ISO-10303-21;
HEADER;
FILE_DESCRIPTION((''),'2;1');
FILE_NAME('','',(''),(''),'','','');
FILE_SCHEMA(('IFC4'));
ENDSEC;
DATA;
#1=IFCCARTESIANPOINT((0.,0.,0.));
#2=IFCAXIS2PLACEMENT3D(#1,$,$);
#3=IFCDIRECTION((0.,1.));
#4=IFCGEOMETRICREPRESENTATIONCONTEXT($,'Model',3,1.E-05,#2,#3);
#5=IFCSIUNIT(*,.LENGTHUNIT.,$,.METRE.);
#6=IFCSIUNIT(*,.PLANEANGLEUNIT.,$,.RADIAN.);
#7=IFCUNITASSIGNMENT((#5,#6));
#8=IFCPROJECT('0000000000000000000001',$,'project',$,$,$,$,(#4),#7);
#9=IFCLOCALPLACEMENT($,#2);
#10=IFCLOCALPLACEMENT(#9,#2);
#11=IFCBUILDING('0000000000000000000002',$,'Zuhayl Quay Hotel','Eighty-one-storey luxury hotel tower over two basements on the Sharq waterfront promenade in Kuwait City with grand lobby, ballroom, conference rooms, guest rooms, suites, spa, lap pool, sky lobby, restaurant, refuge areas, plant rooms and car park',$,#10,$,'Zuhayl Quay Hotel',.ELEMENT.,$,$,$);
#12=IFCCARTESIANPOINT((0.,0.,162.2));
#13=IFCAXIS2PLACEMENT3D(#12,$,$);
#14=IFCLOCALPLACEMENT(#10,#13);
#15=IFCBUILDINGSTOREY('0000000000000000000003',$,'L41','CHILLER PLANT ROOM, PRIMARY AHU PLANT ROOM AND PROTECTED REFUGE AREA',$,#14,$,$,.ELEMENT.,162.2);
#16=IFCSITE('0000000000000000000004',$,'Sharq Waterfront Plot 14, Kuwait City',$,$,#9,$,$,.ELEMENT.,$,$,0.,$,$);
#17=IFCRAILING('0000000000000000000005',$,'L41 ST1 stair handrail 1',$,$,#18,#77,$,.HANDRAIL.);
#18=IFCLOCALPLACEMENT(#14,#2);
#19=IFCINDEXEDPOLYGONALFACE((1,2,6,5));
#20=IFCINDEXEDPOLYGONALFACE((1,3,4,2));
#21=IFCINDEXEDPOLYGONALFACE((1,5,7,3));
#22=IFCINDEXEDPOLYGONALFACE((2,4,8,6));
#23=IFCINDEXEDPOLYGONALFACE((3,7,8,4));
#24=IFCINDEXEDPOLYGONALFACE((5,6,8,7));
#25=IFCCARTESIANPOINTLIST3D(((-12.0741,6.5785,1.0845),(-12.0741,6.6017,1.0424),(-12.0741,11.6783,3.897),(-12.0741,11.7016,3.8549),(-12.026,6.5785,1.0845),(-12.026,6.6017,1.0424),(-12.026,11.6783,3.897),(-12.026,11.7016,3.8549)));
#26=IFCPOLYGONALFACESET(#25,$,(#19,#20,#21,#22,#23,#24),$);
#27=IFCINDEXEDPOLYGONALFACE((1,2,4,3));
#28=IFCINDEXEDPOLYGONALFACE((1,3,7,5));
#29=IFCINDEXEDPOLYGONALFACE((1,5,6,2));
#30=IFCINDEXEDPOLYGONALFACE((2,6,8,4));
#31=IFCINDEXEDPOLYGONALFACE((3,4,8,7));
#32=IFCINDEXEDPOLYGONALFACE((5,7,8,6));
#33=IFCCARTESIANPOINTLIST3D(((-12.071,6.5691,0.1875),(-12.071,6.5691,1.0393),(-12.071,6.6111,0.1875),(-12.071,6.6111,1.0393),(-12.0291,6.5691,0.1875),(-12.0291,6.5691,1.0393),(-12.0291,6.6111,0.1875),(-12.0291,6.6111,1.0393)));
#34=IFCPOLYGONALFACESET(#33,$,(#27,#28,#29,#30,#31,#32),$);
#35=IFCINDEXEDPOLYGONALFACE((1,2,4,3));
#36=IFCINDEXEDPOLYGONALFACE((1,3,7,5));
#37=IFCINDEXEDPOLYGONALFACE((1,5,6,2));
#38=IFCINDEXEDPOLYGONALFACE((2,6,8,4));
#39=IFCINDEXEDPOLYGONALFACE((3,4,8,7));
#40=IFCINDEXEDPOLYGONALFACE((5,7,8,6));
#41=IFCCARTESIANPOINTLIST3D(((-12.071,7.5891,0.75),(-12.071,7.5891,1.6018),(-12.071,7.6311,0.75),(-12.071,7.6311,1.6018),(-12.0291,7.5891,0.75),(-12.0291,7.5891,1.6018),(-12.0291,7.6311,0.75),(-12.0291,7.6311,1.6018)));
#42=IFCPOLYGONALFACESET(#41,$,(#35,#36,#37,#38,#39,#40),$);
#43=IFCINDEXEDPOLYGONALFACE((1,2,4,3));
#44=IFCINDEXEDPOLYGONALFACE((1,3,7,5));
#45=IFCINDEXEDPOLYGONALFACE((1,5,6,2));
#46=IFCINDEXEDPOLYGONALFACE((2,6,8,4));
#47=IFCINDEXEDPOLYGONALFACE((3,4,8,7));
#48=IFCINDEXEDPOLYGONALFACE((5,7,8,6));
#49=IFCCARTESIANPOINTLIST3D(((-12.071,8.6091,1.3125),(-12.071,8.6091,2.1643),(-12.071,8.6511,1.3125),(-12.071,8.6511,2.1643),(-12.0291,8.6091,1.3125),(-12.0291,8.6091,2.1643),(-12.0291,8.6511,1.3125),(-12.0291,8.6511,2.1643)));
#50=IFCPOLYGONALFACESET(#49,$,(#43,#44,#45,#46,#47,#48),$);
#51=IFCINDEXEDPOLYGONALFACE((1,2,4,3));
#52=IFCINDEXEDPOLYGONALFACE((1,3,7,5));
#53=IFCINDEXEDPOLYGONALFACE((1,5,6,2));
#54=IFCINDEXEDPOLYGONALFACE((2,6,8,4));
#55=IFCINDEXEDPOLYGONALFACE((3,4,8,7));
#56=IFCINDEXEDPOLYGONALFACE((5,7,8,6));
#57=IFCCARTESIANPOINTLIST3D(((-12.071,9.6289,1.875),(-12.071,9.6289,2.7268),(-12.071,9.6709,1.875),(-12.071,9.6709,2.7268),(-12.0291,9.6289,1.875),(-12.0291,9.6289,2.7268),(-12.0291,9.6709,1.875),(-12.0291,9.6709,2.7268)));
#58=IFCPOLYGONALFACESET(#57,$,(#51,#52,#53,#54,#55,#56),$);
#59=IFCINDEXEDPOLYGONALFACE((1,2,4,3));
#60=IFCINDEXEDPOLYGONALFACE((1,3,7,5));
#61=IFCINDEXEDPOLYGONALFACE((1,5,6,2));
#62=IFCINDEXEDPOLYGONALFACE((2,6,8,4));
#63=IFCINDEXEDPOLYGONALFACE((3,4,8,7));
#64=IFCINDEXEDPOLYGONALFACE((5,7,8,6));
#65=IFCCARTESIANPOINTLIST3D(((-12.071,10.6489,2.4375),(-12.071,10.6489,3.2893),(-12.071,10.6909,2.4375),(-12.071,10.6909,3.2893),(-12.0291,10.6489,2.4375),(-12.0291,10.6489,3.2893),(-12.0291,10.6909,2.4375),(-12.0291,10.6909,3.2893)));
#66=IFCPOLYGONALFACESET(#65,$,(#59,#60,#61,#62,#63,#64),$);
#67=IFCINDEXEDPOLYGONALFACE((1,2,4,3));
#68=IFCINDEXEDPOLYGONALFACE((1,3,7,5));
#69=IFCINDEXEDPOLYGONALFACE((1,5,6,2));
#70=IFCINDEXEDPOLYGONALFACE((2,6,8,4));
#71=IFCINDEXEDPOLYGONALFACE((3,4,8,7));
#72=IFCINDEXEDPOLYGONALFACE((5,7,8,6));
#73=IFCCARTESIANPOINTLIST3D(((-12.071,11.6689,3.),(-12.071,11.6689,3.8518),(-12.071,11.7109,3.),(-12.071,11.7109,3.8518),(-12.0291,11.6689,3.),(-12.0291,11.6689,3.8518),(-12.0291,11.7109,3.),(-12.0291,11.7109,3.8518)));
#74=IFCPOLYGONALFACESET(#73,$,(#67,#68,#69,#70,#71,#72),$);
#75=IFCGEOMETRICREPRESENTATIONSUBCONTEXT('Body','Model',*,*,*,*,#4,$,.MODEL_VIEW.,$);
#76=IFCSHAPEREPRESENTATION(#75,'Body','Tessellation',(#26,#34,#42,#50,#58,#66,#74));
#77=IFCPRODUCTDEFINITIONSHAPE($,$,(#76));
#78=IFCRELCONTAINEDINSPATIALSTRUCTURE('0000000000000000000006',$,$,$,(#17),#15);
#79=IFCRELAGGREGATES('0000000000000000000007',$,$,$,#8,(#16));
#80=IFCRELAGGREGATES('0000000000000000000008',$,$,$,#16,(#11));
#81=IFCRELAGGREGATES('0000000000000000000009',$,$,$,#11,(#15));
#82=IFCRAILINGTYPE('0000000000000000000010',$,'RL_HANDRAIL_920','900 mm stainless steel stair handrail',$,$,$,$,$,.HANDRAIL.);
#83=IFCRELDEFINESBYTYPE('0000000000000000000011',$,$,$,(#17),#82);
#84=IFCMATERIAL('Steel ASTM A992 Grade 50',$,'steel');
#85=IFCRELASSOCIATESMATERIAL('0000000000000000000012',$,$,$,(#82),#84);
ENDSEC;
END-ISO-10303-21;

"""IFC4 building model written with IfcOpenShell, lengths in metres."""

from ifc_helpers import new_model, si_unit, direction, frame, origin, origin_2d, place, context, subcontext, project, spatial, rectangle, extrude, material, type_object, element, save


model = new_model("IFC4")

# Units and contexts
model_context = context("Model", 3, precision=1e-05, world=origin(), true_north=direction((0.0, 1.0)))
body_context = subcontext(model_context, "Body", "Model", "MODEL_VIEW")
ifc_project = project(units=[si_unit("LENGTHUNIT", "METRE"), si_unit("PLANEANGLEUNIT", "RADIAN")], contexts=[model_context])

# Site, building, storey
site_placement = place(None, origin())
site = spatial("IfcSite", under=ifc_project, at=site_placement, Name="Sharq Waterfront Plot 14, Kuwait City", CompositionType="ELEMENT", RefElevation=0.0)
building_placement = place(site_placement, origin())
building = spatial("IfcBuilding", under=site, at=building_placement, Name="Zuhayl Quay Hotel", Description="Eighty-one-storey luxury hotel tower over two basements on the Sharq waterfront promenade in Kuwait City with grand lobby, ballroom, conference rooms, guest rooms, suites, spa, lap pool, sky lobby, restaurant, refuge areas, plant rooms and car park", LongName="Zuhayl Quay Hotel", CompositionType="ELEMENT")
storey_placement = place(building_placement, frame((0.0, 0.0, 162.2)))
storey = spatial("IfcBuildingStorey", under=building, at=storey_placement, Name="L41", Description="CHILLER PLANT ROOM, PRIMARY AHU PLANT ROOM AND PROTECTED REFUGE AREA", CompositionType="ELEMENT", Elevation=162.2)

# Shared definitions
ifc_material_1 = material(Name="Steel ASTM A992 Grade 50", Category="steel")

# Railing
railing_type_1 = type_object("IfcRailingType", Name="RL_HANDRAIL_920", Description="900 mm stainless steel stair handrail", PredefinedType="HANDRAIL", material=ifc_material_1)
railing_1_placement = place(storey_placement, frame((-12.05, 6.5901, 0.1875)))
element("IfcRailing", 1, at=railing_1_placement, inside=storey, type_object=railing_type_1, Name="L41 ST1 stair handrail 1", PredefinedType="HANDRAIL", context=body_context, shape_type="SweptSolid", body=[
    extrude(rectangle(XDim=0.0481, YDim=0.0481, at=origin_2d()), frame((0.0, 0.0, 0.876), z_axis=(0.0, 0.875666, 0.482918), x_axis=(-1.0, 0.0, 0.0)), (0.0, 0.0, 1.0), 5.824),
    extrude(rectangle(XDim=0.042, YDim=0.042, at=origin_2d()), origin(), (0.0, 0.0, 1.0), 0.8518),
    extrude(rectangle(XDim=0.042, YDim=0.042, at=origin_2d()), frame((0.0, 1.02, 0.5625)), (0.0, 0.0, 1.0), 0.8518),
    extrude(rectangle(XDim=0.042, YDim=0.042, at=origin_2d()), frame((0.0, 2.04, 1.125)), (0.0, 0.0, 1.0), 0.8518),
    extrude(rectangle(XDim=0.042, YDim=0.042, at=origin_2d()), frame((0.0, 3.0598, 1.6875)), (0.0, 0.0, 1.0), 0.8518),
    extrude(rectangle(XDim=0.042, YDim=0.042, at=origin_2d()), frame((0.0, 4.0798, 2.25)), (0.0, 0.0, 1.0), 0.8518),
    extrude(rectangle(XDim=0.042, YDim=0.042, at=origin_2d()), frame((0.0, 5.0999, 2.8125)), (0.0, 0.0, 1.0), 0.8518),
])

save(model, "model.ifc")
